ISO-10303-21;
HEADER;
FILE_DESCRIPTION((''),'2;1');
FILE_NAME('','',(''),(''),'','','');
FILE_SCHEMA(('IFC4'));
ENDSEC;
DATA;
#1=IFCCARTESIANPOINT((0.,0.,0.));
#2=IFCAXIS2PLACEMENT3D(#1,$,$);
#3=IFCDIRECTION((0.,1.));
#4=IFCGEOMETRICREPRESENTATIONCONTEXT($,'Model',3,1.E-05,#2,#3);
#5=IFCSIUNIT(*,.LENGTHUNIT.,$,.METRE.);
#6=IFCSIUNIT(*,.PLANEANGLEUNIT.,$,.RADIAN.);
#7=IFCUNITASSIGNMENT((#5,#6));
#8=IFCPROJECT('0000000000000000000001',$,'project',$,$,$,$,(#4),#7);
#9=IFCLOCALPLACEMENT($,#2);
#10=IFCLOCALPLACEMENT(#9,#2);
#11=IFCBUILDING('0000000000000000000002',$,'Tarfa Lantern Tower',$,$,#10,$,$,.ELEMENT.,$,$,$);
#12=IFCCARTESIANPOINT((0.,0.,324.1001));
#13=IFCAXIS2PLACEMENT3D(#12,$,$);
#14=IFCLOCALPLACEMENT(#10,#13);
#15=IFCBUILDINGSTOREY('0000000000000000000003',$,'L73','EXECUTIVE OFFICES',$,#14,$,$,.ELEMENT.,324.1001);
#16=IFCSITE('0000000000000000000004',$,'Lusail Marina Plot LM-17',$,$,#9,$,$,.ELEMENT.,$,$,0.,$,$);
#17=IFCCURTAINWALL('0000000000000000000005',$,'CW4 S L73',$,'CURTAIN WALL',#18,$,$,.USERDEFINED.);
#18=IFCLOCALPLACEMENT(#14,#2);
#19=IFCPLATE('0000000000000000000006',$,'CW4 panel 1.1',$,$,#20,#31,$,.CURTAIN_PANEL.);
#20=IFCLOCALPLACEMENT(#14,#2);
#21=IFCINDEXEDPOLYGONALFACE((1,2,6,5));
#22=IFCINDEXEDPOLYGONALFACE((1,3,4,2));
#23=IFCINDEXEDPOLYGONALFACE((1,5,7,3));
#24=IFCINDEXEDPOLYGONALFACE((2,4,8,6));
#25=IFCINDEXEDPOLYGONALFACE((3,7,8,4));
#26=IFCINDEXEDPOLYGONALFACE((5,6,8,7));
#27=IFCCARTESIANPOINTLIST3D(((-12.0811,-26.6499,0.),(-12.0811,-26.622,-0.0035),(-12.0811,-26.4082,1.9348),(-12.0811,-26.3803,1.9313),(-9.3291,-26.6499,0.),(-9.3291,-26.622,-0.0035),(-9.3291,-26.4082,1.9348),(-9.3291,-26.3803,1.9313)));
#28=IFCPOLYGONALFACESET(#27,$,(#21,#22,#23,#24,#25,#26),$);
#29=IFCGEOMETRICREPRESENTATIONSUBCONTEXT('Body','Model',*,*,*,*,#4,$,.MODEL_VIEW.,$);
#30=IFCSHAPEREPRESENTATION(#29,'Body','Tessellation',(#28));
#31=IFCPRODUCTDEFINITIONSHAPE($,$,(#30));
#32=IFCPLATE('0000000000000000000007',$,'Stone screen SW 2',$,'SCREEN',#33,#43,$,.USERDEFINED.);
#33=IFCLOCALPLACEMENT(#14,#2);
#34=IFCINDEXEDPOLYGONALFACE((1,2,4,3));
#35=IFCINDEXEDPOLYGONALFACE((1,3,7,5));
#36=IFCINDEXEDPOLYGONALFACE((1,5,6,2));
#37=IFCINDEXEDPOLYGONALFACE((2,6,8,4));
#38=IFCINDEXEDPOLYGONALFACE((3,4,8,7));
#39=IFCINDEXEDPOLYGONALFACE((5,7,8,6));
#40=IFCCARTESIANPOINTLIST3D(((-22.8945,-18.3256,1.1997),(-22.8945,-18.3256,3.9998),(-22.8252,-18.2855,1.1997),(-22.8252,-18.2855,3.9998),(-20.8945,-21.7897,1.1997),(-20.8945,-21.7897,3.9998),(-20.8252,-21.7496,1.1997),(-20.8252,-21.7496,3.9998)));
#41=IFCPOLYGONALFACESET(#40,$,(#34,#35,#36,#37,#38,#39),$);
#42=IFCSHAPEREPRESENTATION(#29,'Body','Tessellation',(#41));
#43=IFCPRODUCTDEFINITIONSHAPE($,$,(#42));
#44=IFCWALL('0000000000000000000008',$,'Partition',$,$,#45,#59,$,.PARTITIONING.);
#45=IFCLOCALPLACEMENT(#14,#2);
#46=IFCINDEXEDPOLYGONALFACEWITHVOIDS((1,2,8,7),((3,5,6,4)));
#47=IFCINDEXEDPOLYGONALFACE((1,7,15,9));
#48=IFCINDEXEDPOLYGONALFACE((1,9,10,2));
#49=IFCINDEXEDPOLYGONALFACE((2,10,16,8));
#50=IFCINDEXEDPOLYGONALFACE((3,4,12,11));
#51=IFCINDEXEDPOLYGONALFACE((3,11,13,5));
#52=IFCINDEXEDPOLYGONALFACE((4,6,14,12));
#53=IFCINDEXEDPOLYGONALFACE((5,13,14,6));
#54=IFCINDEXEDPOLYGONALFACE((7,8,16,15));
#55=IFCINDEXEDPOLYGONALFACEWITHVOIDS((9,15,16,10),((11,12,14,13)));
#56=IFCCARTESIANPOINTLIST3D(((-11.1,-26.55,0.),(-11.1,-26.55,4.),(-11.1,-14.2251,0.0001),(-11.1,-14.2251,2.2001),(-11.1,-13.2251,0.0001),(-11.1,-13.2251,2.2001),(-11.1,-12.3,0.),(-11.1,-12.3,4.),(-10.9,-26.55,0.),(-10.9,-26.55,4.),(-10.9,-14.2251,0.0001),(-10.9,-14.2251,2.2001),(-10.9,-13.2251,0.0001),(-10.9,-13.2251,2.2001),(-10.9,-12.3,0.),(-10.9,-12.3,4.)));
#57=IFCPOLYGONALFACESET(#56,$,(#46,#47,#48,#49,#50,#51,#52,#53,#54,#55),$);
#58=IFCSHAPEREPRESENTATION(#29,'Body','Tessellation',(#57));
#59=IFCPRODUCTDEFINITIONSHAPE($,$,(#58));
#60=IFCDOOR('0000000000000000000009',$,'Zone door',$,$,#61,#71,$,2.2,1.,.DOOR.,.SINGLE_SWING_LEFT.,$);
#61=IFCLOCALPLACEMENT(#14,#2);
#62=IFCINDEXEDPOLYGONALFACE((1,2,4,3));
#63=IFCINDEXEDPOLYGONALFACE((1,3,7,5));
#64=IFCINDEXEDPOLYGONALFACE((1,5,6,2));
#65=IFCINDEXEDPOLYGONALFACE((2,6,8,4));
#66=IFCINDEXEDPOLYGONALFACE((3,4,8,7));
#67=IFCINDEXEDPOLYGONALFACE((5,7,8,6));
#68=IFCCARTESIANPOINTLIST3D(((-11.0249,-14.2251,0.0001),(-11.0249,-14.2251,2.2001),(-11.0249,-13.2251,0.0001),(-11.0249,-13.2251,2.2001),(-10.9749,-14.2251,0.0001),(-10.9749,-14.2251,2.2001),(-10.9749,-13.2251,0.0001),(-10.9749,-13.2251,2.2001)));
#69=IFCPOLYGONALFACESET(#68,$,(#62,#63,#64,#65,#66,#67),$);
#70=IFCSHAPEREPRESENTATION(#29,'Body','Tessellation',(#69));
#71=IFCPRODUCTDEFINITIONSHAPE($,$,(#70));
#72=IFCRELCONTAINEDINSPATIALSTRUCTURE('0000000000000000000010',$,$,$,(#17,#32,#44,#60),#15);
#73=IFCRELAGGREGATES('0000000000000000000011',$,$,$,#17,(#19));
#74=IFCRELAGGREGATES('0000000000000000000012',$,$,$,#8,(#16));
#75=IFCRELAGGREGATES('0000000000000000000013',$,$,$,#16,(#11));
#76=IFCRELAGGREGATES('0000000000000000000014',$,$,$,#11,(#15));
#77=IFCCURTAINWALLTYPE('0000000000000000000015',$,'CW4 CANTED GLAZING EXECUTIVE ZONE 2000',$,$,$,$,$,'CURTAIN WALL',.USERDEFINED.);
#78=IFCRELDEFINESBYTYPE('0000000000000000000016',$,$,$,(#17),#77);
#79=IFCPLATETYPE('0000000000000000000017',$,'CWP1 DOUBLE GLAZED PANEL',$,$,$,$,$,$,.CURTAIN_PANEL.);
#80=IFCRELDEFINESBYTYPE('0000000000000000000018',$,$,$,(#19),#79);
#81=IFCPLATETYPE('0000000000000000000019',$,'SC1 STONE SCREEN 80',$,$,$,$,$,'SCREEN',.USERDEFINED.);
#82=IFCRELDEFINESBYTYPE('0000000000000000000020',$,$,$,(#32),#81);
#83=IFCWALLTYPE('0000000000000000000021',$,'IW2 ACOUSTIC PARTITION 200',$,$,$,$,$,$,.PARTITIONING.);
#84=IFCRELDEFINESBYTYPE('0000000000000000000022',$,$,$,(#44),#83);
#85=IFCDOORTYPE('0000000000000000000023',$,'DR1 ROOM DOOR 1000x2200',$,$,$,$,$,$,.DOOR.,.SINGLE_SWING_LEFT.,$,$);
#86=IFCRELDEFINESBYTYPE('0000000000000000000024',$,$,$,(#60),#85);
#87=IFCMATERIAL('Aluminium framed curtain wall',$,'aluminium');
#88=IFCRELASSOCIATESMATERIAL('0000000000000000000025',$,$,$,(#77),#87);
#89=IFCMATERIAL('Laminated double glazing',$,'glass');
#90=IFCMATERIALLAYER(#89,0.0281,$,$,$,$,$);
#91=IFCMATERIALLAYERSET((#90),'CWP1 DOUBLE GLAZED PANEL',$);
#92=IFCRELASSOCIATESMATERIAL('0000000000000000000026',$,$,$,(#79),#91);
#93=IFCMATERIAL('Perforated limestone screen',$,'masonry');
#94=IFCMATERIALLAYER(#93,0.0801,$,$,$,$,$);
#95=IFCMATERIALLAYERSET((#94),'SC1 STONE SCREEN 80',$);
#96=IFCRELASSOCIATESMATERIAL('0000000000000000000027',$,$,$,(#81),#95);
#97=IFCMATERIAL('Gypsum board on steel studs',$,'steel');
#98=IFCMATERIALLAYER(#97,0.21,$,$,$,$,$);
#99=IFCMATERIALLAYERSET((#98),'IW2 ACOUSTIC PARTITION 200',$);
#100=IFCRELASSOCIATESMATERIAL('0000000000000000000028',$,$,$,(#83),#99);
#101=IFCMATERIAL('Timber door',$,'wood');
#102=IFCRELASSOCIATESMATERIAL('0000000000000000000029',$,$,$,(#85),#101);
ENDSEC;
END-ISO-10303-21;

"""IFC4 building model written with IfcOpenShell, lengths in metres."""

from ifc_helpers import new_model, si_unit, direction, frame, frame_2d, origin, origin_2d, place, context, subcontext, project, spatial, polyline, rectangle, outline, extrude, material, layer, layer_set, type_object, element, fill, aggregate, save


model = new_model("IFC4")

# Units and contexts
model_context = context("Model", 3, precision=1e-05, world=origin(), true_north=direction((0.0, 1.0)))
body_context = subcontext(model_context, "Body", "Model", "MODEL_VIEW")
ifc_project = project(units=[si_unit("LENGTHUNIT", "METRE"), si_unit("PLANEANGLEUNIT", "RADIAN")], contexts=[model_context])

# Site, building, storey
site_placement = place(None, origin())
site = spatial("IfcSite", under=ifc_project, at=site_placement, Name="Lusail Marina Plot LM-17", CompositionType="ELEMENT", RefElevation=0.0)
building_placement = place(site_placement, origin())
building = spatial("IfcBuilding", under=site, at=building_placement, Name="Tarfa Lantern Tower", CompositionType="ELEMENT")
storey_placement = place(building_placement, frame((0.0, 0.0, 324.1001)))
storey = spatial("IfcBuildingStorey", under=building, at=storey_placement, Name="L73", Description="EXECUTIVE OFFICES", CompositionType="ELEMENT", Elevation=324.1001)

# Curtain wall
ifc_material_1 = material(Name="Aluminium framed curtain wall", Category="aluminium")
curtain_wall_type = type_object("IfcCurtainWallType", Name="CW4 CANTED GLAZING EXECUTIVE ZONE 2000", ElementType="CURTAIN WALL", PredefinedType="USERDEFINED", material=ifc_material_1)
curtain_wall_placement = place(storey_placement, origin())
curtain_wall = element("IfcCurtainWall", 1, at=curtain_wall_placement, inside=storey, type_object=curtain_wall_type, Name="CW4 S L73", ObjectType="CURTAIN WALL", PredefinedType="USERDEFINED")

# Plates
ifc_material_2 = material(Name="Laminated double glazing", Category="glass")
ifc_layer_1 = layer(ifc_material_2, 0.0281)
ifc_layer_set_1 = layer_set([ifc_layer_1], Name="CWP1 DOUBLE GLAZED PANEL")
plate_type_1 = type_object("IfcPlateType", Name="CWP1 DOUBLE GLAZED PANEL", PredefinedType="CURTAIN_PANEL", material=ifc_layer_set_1)
plate_1_placement = place(storey_placement, frame((-12.0811, -26.6499, 0.0), z_axis=(0.0, -0.992288, 0.123958), x_axis=(1.0, 0.0, 0.0)))
plate_1 = element("IfcPlate", 2, at=plate_1_placement, type_object=plate_type_1, Name="CW4 panel 1.1", PredefinedType="CURTAIN_PANEL", context=body_context, shape_type="SweptSolid", body=[
    extrude(outline(polyline([(0.0, 0.0), (2.752, 0.0), (2.752, 1.9499), (0.0, 1.9499), (0.0, 0.0)])), origin(), (0.0, 0.0, -1.0), 0.0281),
])
aggregate(curtain_wall, [plate_1])
ifc_material_3 = material(Name="Perforated limestone screen", Category="masonry")
ifc_layer_2 = layer(ifc_material_3, 0.0801)
ifc_layer_set_2 = layer_set([ifc_layer_2], Name="SC1 STONE SCREEN 80")
plate_type_2 = type_object("IfcPlateType", Name="SC1 STONE SCREEN 80", ElementType="SCREEN", PredefinedType="USERDEFINED", material=ifc_layer_set_2)
plate_2_placement = place(storey_placement, frame((-21.8599, -20.0376, 1.1997), z_axis=(0.0, 0.0, 1.0), x_axis=(0.5, -0.866025, 0.0)))
element("IfcPlate", 3, at=plate_2_placement, inside=storey, type_object=plate_type_2, Name="Stone screen SW 2", ObjectType="SCREEN", PredefinedType="USERDEFINED", context=body_context, shape_type="SweptSolid", body=[
    extrude(rectangle(XDim=4.0, YDim=0.0801, at=origin_2d()), origin(), (0.0, 0.0, 1.0), 2.8),
])

# Wall, opening, door
ifc_material_4 = material(Name="Gypsum board on steel studs", Category="steel")
ifc_layer_3 = layer(ifc_material_4, 0.21)
ifc_layer_set_3 = layer_set([ifc_layer_3], Name="IW2 ACOUSTIC PARTITION 200")
wall_type = type_object("IfcWallType", Name="IW2 ACOUSTIC PARTITION 200", PredefinedType="PARTITIONING", material=ifc_layer_set_3)
wall_placement = place(storey_placement, frame((-11.0, -12.3, 0.0), z_axis=(0.0, 0.0, 1.0), x_axis=(0.0, -1.0, 0.0)))
wall = element("IfcWall", 4, at=wall_placement, inside=storey, type_object=wall_type, Name="Partition", PredefinedType="PARTITIONING", context=body_context, shape_type="SweptSolid", body=[
    extrude(rectangle(XDim=14.25, YDim=0.2, at=frame_2d((7.125, 0.0))), origin(), (0.0, 0.0, 1.0), 4.0),
])
opening_placement = place(wall_placement, frame((0.925, 0.0, 0.0)))
opening = element("IfcOpeningElement", 5, at=opening_placement, cuts=wall, PredefinedType="OPENING", context=body_context, shape_type="SweptSolid", body=[
    extrude(rectangle(XDim=1.0, YDim=2.2, at=frame_2d((0.5, 1.1001))), frame((0.0, 0.1099, 0.0), z_axis=(0.0, -1.0, 0.0), x_axis=(1.0, 0.0, 0.0)), (0.0, 0.0, 1.0), 0.22),
])
ifc_material_5 = material(Name="Timber door", Category="wood")
door_type = type_object("IfcDoorType", Name="DR1 ROOM DOOR 1000x2200", OperationType="SINGLE_SWING_LEFT", PredefinedType="DOOR", material=ifc_material_5)
door_placement = place(opening_placement, frame((1.0, 0.0, 0.0), z_axis=(0.0, 0.0, 1.0), x_axis=(-1.0, 0.0, 0.0)))
door = element("IfcDoor", 6, at=door_placement, inside=storey, type_object=door_type, Name="Zone door", OperationType="SINGLE_SWING_LEFT", OverallHeight=2.2, OverallWidth=1.0, PredefinedType="DOOR", context=body_context, shape_type="SweptSolid", body=[
    extrude(rectangle(XDim=1.0, YDim=2.2, at=frame_2d((0.5, 1.1001))), frame((0.0, 0.0249, 0.0), z_axis=(0.0, -1.0, 0.0), x_axis=(1.0, 0.0, 0.0)), (0.0, 0.0, 1.0), 0.05),
])
fill(opening, door)

save(model, "model.ifc")
